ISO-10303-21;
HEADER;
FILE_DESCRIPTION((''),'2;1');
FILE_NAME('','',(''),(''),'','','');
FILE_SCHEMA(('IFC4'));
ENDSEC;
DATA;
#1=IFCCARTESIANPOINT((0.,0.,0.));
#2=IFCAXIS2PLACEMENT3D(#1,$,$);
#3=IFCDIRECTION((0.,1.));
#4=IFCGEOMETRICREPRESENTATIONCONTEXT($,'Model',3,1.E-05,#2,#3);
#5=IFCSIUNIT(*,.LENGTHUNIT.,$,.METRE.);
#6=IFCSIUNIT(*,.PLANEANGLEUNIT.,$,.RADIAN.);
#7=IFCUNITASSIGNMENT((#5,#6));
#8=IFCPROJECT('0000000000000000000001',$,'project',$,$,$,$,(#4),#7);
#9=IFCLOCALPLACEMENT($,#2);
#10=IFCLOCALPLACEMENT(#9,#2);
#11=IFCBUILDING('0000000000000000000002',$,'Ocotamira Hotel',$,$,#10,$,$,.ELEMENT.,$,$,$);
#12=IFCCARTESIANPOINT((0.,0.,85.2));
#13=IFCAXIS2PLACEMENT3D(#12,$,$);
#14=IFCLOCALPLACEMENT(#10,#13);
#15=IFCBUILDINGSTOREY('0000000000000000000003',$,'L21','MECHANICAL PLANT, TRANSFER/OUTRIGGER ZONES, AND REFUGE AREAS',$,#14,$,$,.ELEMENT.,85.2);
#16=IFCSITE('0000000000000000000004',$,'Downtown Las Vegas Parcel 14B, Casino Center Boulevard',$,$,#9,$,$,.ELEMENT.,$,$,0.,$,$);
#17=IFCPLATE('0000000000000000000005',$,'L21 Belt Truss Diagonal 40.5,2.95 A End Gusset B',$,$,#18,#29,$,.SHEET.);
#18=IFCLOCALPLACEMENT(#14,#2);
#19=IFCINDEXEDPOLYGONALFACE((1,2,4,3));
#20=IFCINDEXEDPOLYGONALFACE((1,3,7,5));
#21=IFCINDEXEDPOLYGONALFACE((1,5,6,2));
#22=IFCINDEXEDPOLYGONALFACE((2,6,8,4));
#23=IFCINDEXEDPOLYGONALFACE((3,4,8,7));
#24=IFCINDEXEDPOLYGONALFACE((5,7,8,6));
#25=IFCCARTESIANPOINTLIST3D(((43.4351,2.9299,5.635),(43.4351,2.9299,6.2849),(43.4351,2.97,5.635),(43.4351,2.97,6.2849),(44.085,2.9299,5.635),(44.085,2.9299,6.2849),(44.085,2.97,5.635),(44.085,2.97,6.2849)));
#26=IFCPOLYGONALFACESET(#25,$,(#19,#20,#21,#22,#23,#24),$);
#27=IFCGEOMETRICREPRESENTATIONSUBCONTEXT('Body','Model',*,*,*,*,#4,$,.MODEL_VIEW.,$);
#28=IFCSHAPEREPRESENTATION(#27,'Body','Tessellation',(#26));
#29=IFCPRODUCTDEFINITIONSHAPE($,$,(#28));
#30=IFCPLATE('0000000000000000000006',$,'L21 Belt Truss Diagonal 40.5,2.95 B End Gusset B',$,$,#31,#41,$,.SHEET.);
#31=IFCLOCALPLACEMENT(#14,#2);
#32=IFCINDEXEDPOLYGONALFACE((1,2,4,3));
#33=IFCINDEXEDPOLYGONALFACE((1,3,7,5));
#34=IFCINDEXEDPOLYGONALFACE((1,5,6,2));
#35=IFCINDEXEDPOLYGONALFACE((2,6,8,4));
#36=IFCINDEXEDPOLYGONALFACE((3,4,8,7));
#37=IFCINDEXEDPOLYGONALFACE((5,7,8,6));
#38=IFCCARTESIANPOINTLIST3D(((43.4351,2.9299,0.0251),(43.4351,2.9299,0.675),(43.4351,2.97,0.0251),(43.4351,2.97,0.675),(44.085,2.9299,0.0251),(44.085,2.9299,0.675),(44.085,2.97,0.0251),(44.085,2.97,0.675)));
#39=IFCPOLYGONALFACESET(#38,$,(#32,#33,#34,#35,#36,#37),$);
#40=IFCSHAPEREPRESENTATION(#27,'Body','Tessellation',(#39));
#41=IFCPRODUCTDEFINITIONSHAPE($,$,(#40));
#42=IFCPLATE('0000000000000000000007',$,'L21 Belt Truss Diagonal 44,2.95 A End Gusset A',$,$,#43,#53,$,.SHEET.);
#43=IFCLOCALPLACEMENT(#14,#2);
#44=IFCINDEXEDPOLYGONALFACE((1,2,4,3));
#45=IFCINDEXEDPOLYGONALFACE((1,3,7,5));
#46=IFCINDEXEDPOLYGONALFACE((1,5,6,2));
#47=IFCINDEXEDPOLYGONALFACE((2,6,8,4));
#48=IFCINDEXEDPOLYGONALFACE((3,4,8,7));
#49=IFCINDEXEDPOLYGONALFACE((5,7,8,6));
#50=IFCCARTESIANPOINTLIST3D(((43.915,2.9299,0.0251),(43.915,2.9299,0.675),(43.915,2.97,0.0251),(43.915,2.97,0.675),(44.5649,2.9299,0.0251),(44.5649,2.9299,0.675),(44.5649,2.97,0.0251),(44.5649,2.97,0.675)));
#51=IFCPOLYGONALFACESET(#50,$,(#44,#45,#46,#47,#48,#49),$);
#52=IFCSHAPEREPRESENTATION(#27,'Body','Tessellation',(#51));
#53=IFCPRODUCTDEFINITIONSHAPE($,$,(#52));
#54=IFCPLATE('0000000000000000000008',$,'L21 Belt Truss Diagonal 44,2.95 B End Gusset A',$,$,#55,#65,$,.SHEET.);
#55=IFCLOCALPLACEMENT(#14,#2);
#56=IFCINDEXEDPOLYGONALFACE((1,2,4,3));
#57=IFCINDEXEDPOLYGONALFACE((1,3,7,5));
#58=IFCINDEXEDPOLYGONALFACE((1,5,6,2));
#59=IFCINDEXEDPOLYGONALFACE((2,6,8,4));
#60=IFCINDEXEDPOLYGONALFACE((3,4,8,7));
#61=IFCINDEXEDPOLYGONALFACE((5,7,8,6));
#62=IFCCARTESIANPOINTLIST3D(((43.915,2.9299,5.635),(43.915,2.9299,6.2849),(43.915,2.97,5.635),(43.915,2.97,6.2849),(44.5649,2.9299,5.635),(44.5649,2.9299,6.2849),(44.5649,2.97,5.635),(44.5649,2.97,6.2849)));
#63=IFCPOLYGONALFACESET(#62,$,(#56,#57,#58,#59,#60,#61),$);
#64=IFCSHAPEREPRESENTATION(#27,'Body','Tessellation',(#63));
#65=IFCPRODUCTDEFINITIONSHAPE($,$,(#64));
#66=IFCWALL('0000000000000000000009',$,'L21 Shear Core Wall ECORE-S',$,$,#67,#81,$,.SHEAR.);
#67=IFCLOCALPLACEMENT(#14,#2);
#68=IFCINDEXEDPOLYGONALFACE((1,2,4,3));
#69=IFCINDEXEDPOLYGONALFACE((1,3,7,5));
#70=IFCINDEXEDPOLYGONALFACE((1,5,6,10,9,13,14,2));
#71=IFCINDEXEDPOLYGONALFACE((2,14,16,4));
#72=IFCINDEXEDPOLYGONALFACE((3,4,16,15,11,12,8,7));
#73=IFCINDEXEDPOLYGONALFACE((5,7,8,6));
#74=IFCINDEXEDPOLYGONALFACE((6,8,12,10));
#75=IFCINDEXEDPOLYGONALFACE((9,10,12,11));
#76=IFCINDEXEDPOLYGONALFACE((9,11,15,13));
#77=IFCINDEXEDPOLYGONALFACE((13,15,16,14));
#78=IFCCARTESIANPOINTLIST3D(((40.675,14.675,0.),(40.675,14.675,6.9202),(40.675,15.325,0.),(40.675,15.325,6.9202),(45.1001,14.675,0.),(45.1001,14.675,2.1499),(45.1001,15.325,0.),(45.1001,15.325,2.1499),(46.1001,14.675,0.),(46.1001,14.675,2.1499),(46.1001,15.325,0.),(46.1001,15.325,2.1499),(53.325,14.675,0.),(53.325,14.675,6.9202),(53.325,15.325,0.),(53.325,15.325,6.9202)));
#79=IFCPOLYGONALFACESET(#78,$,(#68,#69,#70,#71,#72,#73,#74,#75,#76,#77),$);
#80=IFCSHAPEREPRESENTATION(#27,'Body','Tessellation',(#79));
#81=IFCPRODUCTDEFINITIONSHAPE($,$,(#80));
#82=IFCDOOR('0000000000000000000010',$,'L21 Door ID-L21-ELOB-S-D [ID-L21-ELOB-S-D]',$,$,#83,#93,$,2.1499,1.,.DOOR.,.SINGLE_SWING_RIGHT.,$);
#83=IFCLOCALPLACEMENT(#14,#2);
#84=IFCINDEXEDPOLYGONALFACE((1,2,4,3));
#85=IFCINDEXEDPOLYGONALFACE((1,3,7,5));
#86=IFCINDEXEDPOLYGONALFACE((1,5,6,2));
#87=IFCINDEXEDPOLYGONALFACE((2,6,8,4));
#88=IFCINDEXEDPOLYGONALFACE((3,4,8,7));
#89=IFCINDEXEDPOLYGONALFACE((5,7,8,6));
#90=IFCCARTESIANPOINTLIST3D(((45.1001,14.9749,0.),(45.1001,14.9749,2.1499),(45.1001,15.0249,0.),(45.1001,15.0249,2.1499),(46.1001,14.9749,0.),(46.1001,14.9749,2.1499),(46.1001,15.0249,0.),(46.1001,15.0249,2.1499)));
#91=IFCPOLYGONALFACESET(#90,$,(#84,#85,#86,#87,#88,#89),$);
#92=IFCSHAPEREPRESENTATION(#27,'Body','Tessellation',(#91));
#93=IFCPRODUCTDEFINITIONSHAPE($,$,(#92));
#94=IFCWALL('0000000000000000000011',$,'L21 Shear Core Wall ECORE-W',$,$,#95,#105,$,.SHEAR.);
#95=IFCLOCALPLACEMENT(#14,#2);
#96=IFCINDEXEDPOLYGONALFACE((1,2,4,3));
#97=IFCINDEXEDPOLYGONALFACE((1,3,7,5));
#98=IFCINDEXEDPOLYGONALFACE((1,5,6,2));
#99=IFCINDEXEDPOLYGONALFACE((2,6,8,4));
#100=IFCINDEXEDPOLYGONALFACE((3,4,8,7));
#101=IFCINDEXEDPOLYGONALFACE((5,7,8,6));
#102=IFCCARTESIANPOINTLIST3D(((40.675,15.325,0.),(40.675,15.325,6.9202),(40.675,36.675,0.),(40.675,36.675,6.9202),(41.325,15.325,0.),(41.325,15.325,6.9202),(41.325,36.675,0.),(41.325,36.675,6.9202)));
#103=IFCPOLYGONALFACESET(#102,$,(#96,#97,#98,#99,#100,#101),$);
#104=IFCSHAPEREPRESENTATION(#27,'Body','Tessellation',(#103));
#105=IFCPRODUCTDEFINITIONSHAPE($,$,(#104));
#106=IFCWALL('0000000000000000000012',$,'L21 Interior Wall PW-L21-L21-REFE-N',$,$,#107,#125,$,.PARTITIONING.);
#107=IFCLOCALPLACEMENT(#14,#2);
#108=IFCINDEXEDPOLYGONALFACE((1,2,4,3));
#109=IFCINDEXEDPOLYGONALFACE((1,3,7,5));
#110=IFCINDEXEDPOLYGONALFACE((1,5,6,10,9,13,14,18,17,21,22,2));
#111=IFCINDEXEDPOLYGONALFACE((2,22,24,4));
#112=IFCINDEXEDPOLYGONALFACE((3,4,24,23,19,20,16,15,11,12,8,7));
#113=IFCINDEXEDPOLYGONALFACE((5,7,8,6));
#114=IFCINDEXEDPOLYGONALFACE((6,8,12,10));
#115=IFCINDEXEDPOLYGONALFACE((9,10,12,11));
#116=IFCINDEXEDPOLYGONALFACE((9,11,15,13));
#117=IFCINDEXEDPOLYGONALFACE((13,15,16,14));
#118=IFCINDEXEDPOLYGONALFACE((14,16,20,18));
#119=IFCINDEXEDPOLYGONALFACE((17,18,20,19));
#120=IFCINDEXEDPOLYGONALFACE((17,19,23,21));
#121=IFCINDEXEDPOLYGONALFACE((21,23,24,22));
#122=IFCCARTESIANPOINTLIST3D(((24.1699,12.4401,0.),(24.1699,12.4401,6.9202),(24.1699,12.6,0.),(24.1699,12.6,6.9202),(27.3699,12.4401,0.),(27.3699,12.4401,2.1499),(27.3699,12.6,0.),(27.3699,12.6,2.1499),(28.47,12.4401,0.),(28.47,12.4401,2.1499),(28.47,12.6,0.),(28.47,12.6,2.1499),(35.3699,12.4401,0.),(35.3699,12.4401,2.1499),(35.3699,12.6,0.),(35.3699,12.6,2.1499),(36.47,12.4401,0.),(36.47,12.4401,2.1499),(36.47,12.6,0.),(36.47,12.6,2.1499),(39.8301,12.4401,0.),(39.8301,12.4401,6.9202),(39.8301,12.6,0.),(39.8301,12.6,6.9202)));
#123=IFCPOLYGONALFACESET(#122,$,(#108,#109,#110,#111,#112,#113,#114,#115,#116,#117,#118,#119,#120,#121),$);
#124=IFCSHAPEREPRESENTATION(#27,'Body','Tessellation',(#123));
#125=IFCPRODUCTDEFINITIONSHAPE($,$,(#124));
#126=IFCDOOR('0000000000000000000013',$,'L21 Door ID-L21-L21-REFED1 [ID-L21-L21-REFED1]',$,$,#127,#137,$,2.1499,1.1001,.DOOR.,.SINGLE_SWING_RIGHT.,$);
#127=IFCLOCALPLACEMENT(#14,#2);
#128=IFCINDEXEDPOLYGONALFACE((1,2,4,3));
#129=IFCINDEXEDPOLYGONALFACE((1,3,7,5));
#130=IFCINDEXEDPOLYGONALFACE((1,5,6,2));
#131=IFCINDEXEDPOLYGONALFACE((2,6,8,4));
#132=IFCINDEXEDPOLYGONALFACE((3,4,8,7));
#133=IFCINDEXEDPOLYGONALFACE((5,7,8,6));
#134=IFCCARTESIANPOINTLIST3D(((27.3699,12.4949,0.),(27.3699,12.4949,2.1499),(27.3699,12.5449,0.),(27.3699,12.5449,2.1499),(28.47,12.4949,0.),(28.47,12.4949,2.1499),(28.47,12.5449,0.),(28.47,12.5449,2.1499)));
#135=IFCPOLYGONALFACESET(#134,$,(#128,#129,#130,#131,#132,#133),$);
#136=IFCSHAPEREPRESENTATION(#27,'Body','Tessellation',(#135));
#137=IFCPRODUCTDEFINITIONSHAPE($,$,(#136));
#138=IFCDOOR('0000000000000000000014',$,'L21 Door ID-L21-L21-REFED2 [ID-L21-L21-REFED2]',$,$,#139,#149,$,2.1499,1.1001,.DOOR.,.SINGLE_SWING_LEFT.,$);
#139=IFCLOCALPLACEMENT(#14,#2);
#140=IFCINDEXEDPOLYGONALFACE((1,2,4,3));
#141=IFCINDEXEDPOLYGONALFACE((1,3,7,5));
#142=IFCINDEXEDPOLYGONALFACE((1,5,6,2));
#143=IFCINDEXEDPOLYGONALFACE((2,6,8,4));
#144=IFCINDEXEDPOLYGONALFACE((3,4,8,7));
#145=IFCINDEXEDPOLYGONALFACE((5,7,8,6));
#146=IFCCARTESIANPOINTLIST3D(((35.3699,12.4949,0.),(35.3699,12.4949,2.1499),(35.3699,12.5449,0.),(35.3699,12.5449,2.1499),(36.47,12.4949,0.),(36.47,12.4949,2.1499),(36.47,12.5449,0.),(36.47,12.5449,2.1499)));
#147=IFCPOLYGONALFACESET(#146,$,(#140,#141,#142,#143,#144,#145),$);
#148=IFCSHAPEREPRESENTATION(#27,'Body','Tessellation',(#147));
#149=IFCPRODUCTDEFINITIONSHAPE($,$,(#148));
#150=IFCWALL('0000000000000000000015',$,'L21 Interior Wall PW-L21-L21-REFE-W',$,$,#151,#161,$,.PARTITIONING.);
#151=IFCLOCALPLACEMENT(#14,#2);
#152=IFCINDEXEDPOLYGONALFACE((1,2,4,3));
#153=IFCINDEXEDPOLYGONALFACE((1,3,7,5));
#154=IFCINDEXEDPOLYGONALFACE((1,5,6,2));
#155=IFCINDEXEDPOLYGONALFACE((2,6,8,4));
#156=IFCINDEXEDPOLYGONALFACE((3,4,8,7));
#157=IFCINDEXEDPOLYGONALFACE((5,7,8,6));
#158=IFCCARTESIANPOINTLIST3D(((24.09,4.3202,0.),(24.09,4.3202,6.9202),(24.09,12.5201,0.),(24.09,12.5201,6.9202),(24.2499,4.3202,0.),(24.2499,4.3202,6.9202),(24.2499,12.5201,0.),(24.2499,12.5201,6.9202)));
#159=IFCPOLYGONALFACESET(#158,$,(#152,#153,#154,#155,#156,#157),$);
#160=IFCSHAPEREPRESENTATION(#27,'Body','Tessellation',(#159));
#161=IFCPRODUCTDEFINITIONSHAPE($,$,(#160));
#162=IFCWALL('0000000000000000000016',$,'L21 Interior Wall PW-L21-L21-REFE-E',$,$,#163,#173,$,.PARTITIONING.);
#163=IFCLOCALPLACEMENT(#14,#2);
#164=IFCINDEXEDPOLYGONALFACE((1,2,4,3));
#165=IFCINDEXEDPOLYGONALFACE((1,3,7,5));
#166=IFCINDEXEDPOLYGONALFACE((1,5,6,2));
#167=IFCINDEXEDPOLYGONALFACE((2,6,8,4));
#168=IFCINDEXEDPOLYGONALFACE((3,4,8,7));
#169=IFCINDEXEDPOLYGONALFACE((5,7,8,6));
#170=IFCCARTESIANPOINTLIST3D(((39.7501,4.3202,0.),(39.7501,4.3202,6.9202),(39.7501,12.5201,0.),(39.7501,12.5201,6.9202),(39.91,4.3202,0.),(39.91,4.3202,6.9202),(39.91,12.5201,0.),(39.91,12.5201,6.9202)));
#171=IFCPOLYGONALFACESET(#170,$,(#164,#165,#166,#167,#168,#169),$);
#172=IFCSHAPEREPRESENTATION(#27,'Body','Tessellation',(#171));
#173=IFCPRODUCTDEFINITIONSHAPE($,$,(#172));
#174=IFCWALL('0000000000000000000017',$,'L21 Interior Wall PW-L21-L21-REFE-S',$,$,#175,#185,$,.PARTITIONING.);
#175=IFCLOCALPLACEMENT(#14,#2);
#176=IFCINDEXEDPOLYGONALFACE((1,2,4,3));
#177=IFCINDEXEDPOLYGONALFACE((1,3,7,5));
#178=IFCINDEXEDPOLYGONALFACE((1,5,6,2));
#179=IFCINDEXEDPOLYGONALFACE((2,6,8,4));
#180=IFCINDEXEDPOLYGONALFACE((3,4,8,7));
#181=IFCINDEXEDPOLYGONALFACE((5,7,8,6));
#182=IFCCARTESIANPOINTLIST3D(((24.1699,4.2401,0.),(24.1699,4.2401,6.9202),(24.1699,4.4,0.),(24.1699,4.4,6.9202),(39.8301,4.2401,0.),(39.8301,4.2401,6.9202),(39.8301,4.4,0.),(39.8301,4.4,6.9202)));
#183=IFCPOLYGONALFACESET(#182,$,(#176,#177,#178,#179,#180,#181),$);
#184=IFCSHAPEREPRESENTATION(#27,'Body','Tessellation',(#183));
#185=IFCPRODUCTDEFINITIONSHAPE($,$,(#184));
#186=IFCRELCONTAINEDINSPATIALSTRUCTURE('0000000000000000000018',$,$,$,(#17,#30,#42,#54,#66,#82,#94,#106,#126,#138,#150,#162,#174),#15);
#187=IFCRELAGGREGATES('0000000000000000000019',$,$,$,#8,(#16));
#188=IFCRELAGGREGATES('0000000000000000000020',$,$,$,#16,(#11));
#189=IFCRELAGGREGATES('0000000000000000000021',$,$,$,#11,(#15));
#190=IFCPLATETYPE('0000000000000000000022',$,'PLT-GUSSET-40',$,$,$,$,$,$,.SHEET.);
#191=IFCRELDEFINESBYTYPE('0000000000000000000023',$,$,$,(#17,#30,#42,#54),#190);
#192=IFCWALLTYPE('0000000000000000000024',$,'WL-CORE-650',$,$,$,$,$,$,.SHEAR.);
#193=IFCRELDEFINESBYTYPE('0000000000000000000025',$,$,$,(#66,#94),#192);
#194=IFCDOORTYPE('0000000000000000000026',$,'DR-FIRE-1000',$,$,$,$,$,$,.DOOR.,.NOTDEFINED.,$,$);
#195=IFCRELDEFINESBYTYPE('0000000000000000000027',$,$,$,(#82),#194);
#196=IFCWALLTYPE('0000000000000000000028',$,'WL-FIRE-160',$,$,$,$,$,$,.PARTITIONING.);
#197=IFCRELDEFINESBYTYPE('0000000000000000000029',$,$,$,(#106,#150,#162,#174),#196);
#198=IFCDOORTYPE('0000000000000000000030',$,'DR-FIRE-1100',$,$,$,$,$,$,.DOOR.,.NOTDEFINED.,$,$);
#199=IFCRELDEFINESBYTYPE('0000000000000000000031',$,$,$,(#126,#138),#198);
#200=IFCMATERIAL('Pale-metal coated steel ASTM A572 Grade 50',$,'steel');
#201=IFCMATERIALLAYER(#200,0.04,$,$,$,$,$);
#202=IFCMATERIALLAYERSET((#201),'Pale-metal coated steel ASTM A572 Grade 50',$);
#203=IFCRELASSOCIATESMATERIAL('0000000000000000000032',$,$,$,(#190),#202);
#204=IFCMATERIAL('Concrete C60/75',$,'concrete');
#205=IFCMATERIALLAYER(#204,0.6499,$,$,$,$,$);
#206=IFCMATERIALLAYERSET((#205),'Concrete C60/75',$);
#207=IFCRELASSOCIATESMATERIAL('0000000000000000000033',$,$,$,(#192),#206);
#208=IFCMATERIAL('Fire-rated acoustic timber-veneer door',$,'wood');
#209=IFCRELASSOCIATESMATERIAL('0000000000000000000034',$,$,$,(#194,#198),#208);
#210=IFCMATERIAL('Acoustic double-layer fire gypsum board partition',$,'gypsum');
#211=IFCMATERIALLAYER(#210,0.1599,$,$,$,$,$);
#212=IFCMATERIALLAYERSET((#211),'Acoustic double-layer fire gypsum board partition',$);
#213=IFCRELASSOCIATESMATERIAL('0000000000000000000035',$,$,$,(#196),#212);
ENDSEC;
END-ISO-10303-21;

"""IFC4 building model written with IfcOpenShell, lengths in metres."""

from ifc_helpers import new_model, si_unit, direction, frame, frame_2d, origin, origin_2d, place, context, subcontext, project, spatial, rectangle, extrude, source, transform, mapped, material, layer, layer_set, type_object, element, fill, save


model = new_model("IFC4")

# Units and contexts
model_context = context("Model", 3, precision=1e-05, world=origin(), true_north=direction((0.0, 1.0)))
body_context = subcontext(model_context, "Body", "Model", "MODEL_VIEW")
ifc_project = project(units=[si_unit("LENGTHUNIT", "METRE"), si_unit("PLANEANGLEUNIT", "RADIAN")], contexts=[model_context])

# Site, building, storey
site_placement = place(None, origin())
site = spatial("IfcSite", under=ifc_project, at=site_placement, Name="Downtown Las Vegas Parcel 14B, Casino Center Boulevard", CompositionType="ELEMENT", RefElevation=0.0)
building_placement = place(site_placement, origin())
building = spatial("IfcBuilding", under=site, at=building_placement, Name="Ocotamira Hotel", CompositionType="ELEMENT")
storey_placement = place(building_placement, frame((0.0, 0.0, 85.2)))
storey = spatial("IfcBuildingStorey", under=building, at=storey_placement, Name="L21", Description="MECHANICAL PLANT, TRANSFER/OUTRIGGER ZONES, AND REFUGE AREAS", CompositionType="ELEMENT", Elevation=85.2)

# Plates
ifc_material_1 = material(Name="Pale-metal coated steel ASTM A572 Grade 50", Category="steel")
ifc_layer_1 = layer(ifc_material_1, 0.04)
ifc_layer_set_1 = layer_set([ifc_layer_1], Name="Pale-metal coated steel ASTM A572 Grade 50")
plate_type = type_object("IfcPlateType", Name="PLT-GUSSET-40", PredefinedType="SHEET", material=ifc_layer_set_1)
shared_shape_1 = source(origin(), body_context, "Body", "SweptSolid", [
    extrude(rectangle(XDim=0.6499, YDim=0.04, at=origin_2d()), origin(), (0.0, 0.0, 1.0), 0.6499),
])
for number, where, z_axis, x_axis, name in (
    (1, (43.76, 2.95, 5.635), (0.0, 0.0, 1.0), (1.0, 0.0, 0.0), "L21 Belt Truss Diagonal 40.5,2.95 A End Gusset B"),
    (2, (43.76, 2.95, 0.0251), (0.0, 0.0, 1.0), (1.0, 0.0, 0.0), "L21 Belt Truss Diagonal 40.5,2.95 B End Gusset B"),
    (3, (44.24, 2.95, 0.0251), (0.0, 0.0, 1.0), (1.0, 0.0, 0.0), "L21 Belt Truss Diagonal 44,2.95 A End Gusset A"),
    (4, (44.24, 2.95, 5.635), (0.0, 0.0, 1.0), (1.0, 0.0, 0.0), "L21 Belt Truss Diagonal 44,2.95 B End Gusset A"),
):
    element("IfcPlate", number, at=place(storey_placement, frame(where, z_axis=z_axis, x_axis=x_axis)), inside=storey, type_object=plate_type, Name=name, PredefinedType="SHEET", context=body_context, shape_type="MappedRepresentation", body=[
        mapped(shared_shape_1, transform((0.0, 0.0, 0.0), scale=1.0)),
    ])

# Wall, opening, door
ifc_material_2 = material(Name="Concrete C60/75", Category="concrete")
ifc_layer_2 = layer(ifc_material_2, 0.6499)
ifc_layer_set_2 = layer_set([ifc_layer_2], Name="Concrete C60/75")
wall_type_1 = type_object("IfcWallType", Name="WL-CORE-650", PredefinedType="SHEAR", material=ifc_layer_set_2)
wall_1_placement = place(storey_placement, frame((40.675, 15.0, 0.0), z_axis=(0.0, 0.0, 1.0), x_axis=(1.0, 0.0, 0.0)))
wall_1 = element("IfcWall", 5, at=wall_1_placement, inside=storey, type_object=wall_type_1, Name="L21 Shear Core Wall ECORE-S", PredefinedType="SHEAR", context=body_context, shape_type="SweptSolid", body=[
    extrude(rectangle(XDim=12.6499, YDim=0.6499, at=frame_2d((6.325, 0.0))), origin(), (0.0, 0.0, 1.0), 6.9202),
])
opening_1_placement = place(wall_1_placement, frame((4.425, 0.0, 0.0)))
opening_1 = element("IfcOpeningElement", 6, at=opening_1_placement, cuts=wall_1, PredefinedType="OPENING", context=body_context, shape_type="SweptSolid", body=[
    extrude(rectangle(XDim=1.0, YDim=2.1499, at=frame_2d((0.5, 1.075))), frame((0.0, 0.335, 0.0), z_axis=(0.0, -1.0, 0.0), x_axis=(1.0, 0.0, 0.0)), (0.0, 0.0, 1.0), 0.6699),
])
ifc_material_3 = material(Name="Fire-rated acoustic timber-veneer door", Category="wood")
door_type_1 = type_object("IfcDoorType", Name="DR-FIRE-1000", OperationType="NOTDEFINED", PredefinedType="DOOR", material=ifc_material_3)
shared_shape_2 = source(origin(), body_context, "Body", "SweptSolid", [
    extrude(rectangle(XDim=1.0, YDim=2.1499, at=frame_2d((0.5, 1.075))), frame((0.0, 0.0249, 0.0), z_axis=(0.0, -1.0, 0.0), x_axis=(1.0, 0.0, 0.0)), (0.0, 0.0, 1.0), 0.05),
])
door_1_placement = place(opening_1_placement, origin())
door_1 = element("IfcDoor", 7, at=door_1_placement, inside=storey, type_object=door_type_1, Name="L21 Door ID-L21-ELOB-S-D [ID-L21-ELOB-S-D]", OperationType="SINGLE_SWING_RIGHT", OverallHeight=2.1499, OverallWidth=1.0, PredefinedType="DOOR", context=body_context, shape_type="MappedRepresentation", body=[
    mapped(shared_shape_2, transform((0.0, 0.0, 0.0), scale=1.0)),
])
fill(opening_1, door_1)

# Wall
wall_2_placement = place(storey_placement, frame((41.0, 15.325, 0.0), z_axis=(0.0, 0.0, 1.0), x_axis=(0.0, 1.0, 0.0)))
element("IfcWall", 8, at=wall_2_placement, inside=storey, type_object=wall_type_1, Name="L21 Shear Core Wall ECORE-W", PredefinedType="SHEAR", context=body_context, shape_type="SweptSolid", body=[
    extrude(rectangle(XDim=21.3501, YDim=0.6499, at=frame_2d((10.675, 0.0))), origin(), (0.0, 0.0, 1.0), 6.9202),
])

# Wall, openings, doors
ifc_material_4 = material(Name="Acoustic double-layer fire gypsum board partition", Category="gypsum")
ifc_layer_3 = layer(ifc_material_4, 0.1599)
ifc_layer_set_3 = layer_set([ifc_layer_3], Name="Acoustic double-layer fire gypsum board partition")
wall_type_2 = type_object("IfcWallType", Name="WL-FIRE-160", PredefinedType="PARTITIONING", material=ifc_layer_set_3)
wall_3_placement = place(storey_placement, frame((24.1699, 12.52, 0.0), z_axis=(0.0, 0.0, 1.0), x_axis=(1.0, 0.0, 0.0)))
wall_3 = element("IfcWall", 9, at=wall_3_placement, inside=storey, type_object=wall_type_2, Name="L21 Interior Wall PW-L21-L21-REFE-N", PredefinedType="PARTITIONING", context=body_context, shape_type="SweptSolid", body=[
    extrude(rectangle(XDim=15.6602, YDim=0.1599, at=frame_2d((7.8301, 0.0))), origin(), (0.0, 0.0, 1.0), 6.9202),
])
opening_2_placement = place(wall_3_placement, frame((3.2, 0.0, 0.0)))
opening_2 = element("IfcOpeningElement", 10, at=opening_2_placement, cuts=wall_3, PredefinedType="OPENING", context=body_context, shape_type="SweptSolid", body=[
    extrude(rectangle(XDim=1.1001, YDim=2.1499, at=frame_2d((0.55, 1.075))), frame((0.0, 0.0898, 0.0), z_axis=(0.0, -1.0, 0.0), x_axis=(1.0, 0.0, 0.0)), (0.0, 0.0, 1.0), 0.1799),
])
opening_3_placement = place(wall_3_placement, frame((11.2, 0.0, 0.0)))
opening_3 = element("IfcOpeningElement", 11, at=opening_3_placement, cuts=wall_3, PredefinedType="OPENING", context=body_context, shape_type="SweptSolid", body=[
    extrude(rectangle(XDim=1.1001, YDim=2.1499, at=frame_2d((0.55, 1.075))), frame((0.0, 0.0898, 0.0), z_axis=(0.0, -1.0, 0.0), x_axis=(1.0, 0.0, 0.0)), (0.0, 0.0, 1.0), 0.1799),
])
door_type_2 = type_object("IfcDoorType", Name="DR-FIRE-1100", OperationType="NOTDEFINED", PredefinedType="DOOR", material=ifc_material_3)
shared_shape_3 = source(origin(), body_context, "Body", "SweptSolid", [
    extrude(rectangle(XDim=1.1001, YDim=2.1499, at=frame_2d((0.55, 1.075))), frame((0.0, 0.0249, 0.0), z_axis=(0.0, -1.0, 0.0), x_axis=(1.0, 0.0, 0.0)), (0.0, 0.0, 1.0), 0.05),
])
door_2_placement = place(opening_2_placement, origin())
door_2 = element("IfcDoor", 12, at=door_2_placement, inside=storey, type_object=door_type_2, Name="L21 Door ID-L21-L21-REFED1 [ID-L21-L21-REFED1]", OperationType="SINGLE_SWING_RIGHT", OverallHeight=2.1499, OverallWidth=1.1001, PredefinedType="DOOR", context=body_context, shape_type="MappedRepresentation", body=[
    mapped(shared_shape_3, transform((0.0, 0.0, 0.0), scale=1.0)),
])
fill(opening_2, door_2)
door_3_placement = place(opening_3_placement, origin())
door_3 = element("IfcDoor", 13, at=door_3_placement, inside=storey, type_object=door_type_2, Name="L21 Door ID-L21-L21-REFED2 [ID-L21-L21-REFED2]", OperationType="SINGLE_SWING_LEFT", OverallHeight=2.1499, OverallWidth=1.1001, PredefinedType="DOOR", context=body_context, shape_type="MappedRepresentation", body=[
    mapped(shared_shape_3, transform((0.0, 0.0, 0.0), scale=1.0)),
])
fill(opening_3, door_3)

# Walls
for number, where, z_axis, x_axis, name in (
    (14, (24.1699, 4.3201, 0.0), (0.0, 0.0, 1.0), (0.0, 1.0, 0.0), "L21 Interior Wall PW-L21-L21-REFE-W"),
    (15, (39.8301, 4.3201, 0.0), (0.0, 0.0, 1.0), (0.0, 1.0, 0.0), "L21 Interior Wall PW-L21-L21-REFE-E"),
):
    element("IfcWall", number, at=place(storey_placement, frame(where, z_axis=z_axis, x_axis=x_axis)), inside=storey, type_object=wall_type_2, Name=name, PredefinedType="PARTITIONING", context=body_context, shape_type="SweptSolid", body=[
        extrude(rectangle(XDim=8.2, YDim=0.1599, at=frame_2d((4.1001, 0.0))), origin(), (0.0, 0.0, 1.0), 6.9202),
    ])
wall_4_placement = place(storey_placement, frame((24.1699, 4.3201, 0.0), z_axis=(0.0, 0.0, 1.0), x_axis=(1.0, 0.0, 0.0)))
element("IfcWall", 16, at=wall_4_placement, inside=storey, type_object=wall_type_2, Name="L21 Interior Wall PW-L21-L21-REFE-S", PredefinedType="PARTITIONING", context=body_context, shape_type="SweptSolid", body=[
    extrude(rectangle(XDim=15.6602, YDim=0.1599, at=frame_2d((7.8301, 0.0))), origin(), (0.0, 0.0, 1.0), 6.9202),
])

save(model, "model.ifc")
